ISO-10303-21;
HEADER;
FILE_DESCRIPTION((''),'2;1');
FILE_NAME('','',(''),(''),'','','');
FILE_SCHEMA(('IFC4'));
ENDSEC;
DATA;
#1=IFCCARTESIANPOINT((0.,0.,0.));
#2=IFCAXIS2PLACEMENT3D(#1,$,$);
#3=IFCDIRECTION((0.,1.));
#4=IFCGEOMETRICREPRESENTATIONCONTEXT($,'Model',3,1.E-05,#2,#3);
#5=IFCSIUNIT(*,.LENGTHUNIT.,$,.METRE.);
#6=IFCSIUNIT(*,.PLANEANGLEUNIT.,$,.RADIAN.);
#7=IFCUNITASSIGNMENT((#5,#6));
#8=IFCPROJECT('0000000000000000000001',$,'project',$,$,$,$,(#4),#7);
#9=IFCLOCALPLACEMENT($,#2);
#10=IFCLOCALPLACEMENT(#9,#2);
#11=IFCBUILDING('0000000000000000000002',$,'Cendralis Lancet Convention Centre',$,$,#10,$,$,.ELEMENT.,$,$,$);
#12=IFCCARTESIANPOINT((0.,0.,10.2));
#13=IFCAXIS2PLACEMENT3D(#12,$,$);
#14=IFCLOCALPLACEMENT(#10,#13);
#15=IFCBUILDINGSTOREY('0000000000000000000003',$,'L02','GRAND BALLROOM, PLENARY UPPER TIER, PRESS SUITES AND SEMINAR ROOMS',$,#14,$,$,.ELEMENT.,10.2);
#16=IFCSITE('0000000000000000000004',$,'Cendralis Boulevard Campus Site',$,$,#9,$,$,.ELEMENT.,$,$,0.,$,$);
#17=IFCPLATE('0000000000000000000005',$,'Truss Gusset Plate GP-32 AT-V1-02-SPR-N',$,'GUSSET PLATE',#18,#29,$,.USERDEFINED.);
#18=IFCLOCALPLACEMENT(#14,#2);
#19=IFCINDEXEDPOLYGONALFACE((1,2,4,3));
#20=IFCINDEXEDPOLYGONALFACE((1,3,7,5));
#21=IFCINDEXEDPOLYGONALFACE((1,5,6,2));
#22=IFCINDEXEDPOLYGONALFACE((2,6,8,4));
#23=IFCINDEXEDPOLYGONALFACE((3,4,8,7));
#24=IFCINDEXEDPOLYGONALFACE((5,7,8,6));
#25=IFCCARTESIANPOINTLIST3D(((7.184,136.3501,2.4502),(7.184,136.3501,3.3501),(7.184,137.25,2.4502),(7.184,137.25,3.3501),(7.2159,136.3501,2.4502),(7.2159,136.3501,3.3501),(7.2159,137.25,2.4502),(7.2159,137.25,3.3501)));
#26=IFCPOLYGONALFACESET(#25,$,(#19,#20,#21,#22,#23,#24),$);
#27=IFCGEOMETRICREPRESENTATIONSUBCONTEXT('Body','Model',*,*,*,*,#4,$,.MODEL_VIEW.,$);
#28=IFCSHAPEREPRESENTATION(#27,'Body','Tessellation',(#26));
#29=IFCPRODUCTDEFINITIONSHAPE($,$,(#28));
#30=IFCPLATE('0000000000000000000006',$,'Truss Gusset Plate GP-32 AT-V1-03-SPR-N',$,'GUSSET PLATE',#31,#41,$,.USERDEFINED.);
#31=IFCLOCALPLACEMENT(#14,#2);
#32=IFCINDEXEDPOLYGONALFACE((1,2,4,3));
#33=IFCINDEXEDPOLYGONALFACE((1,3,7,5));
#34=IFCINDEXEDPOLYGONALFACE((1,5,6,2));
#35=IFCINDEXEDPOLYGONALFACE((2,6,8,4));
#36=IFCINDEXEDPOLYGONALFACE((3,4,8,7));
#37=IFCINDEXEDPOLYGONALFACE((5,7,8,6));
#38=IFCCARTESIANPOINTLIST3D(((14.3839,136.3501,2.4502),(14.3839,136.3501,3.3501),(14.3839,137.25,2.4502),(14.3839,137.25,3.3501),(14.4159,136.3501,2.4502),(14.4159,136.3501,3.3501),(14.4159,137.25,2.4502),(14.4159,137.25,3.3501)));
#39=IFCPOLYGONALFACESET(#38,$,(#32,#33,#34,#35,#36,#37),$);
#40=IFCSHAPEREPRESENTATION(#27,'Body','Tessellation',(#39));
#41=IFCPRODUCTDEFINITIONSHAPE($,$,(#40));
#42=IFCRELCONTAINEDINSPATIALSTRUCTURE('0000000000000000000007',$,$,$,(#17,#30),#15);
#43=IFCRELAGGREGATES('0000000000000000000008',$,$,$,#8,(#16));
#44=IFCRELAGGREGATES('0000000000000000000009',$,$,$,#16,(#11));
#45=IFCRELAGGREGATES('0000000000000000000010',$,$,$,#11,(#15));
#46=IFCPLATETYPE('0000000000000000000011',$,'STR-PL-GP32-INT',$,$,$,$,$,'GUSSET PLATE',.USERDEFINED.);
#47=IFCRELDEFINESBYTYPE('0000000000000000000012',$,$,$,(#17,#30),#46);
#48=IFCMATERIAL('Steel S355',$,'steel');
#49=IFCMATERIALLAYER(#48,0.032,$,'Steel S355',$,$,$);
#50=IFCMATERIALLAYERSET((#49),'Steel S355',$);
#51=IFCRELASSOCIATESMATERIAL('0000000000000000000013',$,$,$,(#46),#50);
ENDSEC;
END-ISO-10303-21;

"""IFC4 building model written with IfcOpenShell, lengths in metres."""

from ifc_helpers import new_model, si_unit, direction, frame, origin, origin_2d, place, context, subcontext, project, spatial, rectangle, extrude, material, layer, layer_set, type_object, element, save


model = new_model("IFC4")

# Units and contexts
model_context = context("Model", 3, precision=1e-05, world=origin(), true_north=direction((0.0, 1.0)))
body_context = subcontext(model_context, "Body", "Model", "MODEL_VIEW")
ifc_project = project(units=[si_unit("LENGTHUNIT", "METRE"), si_unit("PLANEANGLEUNIT", "RADIAN")], contexts=[model_context])

# Site, building, storey
site_placement = place(None, origin())
site = spatial("IfcSite", under=ifc_project, at=site_placement, Name="Cendralis Boulevard Campus Site", CompositionType="ELEMENT", RefElevation=0.0)
building_placement = place(site_placement, origin())
building = spatial("IfcBuilding", under=site, at=building_placement, Name="Cendralis Lancet Convention Centre", CompositionType="ELEMENT")
storey_placement = place(building_placement, frame((0.0, 0.0, 10.2)))
storey = spatial("IfcBuildingStorey", under=building, at=storey_placement, Name="L02", Description="GRAND BALLROOM, PLENARY UPPER TIER, PRESS SUITES AND SEMINAR ROOMS", CompositionType="ELEMENT", Elevation=10.2)

# Shared definitions
ifc_material_1 = material(Name="Steel S355", Category="steel")

# Plates
ifc_layer_1 = layer(ifc_material_1, 0.032, Name="Steel S355")
ifc_layer_set_1 = layer_set([ifc_layer_1], Name="Steel S355")
plate_type_1 = type_object("IfcPlateType", Name="STR-PL-GP32-INT", ElementType="GUSSET PLATE", PredefinedType="USERDEFINED", material=ifc_layer_set_1)
for number, where, z_axis, x_axis, name in (
    (1, (7.2, 136.8, 2.4502), (0.0, 0.0, 1.0), (0.0, 1.0, 0.0), "Truss Gusset Plate GP-32 AT-V1-02-SPR-N"),
    (2, (14.3999, 136.8, 2.4502), (0.0, 0.0, 1.0), (0.0, 1.0, 0.0), "Truss Gusset Plate GP-32 AT-V1-03-SPR-N"),
):
    element("IfcPlate", number, at=place(storey_placement, frame(where, z_axis=z_axis, x_axis=x_axis)), inside=storey, type_object=plate_type_1, Name=name, ObjectType="GUSSET PLATE", PredefinedType="USERDEFINED", context=body_context, shape_type="SweptSolid", body=[
        extrude(rectangle(XDim=0.8999, YDim=0.032, at=origin_2d()), origin(), (0.0, 0.0, 1.0), 0.8999),
    ])

save(model, "model.ifc")
